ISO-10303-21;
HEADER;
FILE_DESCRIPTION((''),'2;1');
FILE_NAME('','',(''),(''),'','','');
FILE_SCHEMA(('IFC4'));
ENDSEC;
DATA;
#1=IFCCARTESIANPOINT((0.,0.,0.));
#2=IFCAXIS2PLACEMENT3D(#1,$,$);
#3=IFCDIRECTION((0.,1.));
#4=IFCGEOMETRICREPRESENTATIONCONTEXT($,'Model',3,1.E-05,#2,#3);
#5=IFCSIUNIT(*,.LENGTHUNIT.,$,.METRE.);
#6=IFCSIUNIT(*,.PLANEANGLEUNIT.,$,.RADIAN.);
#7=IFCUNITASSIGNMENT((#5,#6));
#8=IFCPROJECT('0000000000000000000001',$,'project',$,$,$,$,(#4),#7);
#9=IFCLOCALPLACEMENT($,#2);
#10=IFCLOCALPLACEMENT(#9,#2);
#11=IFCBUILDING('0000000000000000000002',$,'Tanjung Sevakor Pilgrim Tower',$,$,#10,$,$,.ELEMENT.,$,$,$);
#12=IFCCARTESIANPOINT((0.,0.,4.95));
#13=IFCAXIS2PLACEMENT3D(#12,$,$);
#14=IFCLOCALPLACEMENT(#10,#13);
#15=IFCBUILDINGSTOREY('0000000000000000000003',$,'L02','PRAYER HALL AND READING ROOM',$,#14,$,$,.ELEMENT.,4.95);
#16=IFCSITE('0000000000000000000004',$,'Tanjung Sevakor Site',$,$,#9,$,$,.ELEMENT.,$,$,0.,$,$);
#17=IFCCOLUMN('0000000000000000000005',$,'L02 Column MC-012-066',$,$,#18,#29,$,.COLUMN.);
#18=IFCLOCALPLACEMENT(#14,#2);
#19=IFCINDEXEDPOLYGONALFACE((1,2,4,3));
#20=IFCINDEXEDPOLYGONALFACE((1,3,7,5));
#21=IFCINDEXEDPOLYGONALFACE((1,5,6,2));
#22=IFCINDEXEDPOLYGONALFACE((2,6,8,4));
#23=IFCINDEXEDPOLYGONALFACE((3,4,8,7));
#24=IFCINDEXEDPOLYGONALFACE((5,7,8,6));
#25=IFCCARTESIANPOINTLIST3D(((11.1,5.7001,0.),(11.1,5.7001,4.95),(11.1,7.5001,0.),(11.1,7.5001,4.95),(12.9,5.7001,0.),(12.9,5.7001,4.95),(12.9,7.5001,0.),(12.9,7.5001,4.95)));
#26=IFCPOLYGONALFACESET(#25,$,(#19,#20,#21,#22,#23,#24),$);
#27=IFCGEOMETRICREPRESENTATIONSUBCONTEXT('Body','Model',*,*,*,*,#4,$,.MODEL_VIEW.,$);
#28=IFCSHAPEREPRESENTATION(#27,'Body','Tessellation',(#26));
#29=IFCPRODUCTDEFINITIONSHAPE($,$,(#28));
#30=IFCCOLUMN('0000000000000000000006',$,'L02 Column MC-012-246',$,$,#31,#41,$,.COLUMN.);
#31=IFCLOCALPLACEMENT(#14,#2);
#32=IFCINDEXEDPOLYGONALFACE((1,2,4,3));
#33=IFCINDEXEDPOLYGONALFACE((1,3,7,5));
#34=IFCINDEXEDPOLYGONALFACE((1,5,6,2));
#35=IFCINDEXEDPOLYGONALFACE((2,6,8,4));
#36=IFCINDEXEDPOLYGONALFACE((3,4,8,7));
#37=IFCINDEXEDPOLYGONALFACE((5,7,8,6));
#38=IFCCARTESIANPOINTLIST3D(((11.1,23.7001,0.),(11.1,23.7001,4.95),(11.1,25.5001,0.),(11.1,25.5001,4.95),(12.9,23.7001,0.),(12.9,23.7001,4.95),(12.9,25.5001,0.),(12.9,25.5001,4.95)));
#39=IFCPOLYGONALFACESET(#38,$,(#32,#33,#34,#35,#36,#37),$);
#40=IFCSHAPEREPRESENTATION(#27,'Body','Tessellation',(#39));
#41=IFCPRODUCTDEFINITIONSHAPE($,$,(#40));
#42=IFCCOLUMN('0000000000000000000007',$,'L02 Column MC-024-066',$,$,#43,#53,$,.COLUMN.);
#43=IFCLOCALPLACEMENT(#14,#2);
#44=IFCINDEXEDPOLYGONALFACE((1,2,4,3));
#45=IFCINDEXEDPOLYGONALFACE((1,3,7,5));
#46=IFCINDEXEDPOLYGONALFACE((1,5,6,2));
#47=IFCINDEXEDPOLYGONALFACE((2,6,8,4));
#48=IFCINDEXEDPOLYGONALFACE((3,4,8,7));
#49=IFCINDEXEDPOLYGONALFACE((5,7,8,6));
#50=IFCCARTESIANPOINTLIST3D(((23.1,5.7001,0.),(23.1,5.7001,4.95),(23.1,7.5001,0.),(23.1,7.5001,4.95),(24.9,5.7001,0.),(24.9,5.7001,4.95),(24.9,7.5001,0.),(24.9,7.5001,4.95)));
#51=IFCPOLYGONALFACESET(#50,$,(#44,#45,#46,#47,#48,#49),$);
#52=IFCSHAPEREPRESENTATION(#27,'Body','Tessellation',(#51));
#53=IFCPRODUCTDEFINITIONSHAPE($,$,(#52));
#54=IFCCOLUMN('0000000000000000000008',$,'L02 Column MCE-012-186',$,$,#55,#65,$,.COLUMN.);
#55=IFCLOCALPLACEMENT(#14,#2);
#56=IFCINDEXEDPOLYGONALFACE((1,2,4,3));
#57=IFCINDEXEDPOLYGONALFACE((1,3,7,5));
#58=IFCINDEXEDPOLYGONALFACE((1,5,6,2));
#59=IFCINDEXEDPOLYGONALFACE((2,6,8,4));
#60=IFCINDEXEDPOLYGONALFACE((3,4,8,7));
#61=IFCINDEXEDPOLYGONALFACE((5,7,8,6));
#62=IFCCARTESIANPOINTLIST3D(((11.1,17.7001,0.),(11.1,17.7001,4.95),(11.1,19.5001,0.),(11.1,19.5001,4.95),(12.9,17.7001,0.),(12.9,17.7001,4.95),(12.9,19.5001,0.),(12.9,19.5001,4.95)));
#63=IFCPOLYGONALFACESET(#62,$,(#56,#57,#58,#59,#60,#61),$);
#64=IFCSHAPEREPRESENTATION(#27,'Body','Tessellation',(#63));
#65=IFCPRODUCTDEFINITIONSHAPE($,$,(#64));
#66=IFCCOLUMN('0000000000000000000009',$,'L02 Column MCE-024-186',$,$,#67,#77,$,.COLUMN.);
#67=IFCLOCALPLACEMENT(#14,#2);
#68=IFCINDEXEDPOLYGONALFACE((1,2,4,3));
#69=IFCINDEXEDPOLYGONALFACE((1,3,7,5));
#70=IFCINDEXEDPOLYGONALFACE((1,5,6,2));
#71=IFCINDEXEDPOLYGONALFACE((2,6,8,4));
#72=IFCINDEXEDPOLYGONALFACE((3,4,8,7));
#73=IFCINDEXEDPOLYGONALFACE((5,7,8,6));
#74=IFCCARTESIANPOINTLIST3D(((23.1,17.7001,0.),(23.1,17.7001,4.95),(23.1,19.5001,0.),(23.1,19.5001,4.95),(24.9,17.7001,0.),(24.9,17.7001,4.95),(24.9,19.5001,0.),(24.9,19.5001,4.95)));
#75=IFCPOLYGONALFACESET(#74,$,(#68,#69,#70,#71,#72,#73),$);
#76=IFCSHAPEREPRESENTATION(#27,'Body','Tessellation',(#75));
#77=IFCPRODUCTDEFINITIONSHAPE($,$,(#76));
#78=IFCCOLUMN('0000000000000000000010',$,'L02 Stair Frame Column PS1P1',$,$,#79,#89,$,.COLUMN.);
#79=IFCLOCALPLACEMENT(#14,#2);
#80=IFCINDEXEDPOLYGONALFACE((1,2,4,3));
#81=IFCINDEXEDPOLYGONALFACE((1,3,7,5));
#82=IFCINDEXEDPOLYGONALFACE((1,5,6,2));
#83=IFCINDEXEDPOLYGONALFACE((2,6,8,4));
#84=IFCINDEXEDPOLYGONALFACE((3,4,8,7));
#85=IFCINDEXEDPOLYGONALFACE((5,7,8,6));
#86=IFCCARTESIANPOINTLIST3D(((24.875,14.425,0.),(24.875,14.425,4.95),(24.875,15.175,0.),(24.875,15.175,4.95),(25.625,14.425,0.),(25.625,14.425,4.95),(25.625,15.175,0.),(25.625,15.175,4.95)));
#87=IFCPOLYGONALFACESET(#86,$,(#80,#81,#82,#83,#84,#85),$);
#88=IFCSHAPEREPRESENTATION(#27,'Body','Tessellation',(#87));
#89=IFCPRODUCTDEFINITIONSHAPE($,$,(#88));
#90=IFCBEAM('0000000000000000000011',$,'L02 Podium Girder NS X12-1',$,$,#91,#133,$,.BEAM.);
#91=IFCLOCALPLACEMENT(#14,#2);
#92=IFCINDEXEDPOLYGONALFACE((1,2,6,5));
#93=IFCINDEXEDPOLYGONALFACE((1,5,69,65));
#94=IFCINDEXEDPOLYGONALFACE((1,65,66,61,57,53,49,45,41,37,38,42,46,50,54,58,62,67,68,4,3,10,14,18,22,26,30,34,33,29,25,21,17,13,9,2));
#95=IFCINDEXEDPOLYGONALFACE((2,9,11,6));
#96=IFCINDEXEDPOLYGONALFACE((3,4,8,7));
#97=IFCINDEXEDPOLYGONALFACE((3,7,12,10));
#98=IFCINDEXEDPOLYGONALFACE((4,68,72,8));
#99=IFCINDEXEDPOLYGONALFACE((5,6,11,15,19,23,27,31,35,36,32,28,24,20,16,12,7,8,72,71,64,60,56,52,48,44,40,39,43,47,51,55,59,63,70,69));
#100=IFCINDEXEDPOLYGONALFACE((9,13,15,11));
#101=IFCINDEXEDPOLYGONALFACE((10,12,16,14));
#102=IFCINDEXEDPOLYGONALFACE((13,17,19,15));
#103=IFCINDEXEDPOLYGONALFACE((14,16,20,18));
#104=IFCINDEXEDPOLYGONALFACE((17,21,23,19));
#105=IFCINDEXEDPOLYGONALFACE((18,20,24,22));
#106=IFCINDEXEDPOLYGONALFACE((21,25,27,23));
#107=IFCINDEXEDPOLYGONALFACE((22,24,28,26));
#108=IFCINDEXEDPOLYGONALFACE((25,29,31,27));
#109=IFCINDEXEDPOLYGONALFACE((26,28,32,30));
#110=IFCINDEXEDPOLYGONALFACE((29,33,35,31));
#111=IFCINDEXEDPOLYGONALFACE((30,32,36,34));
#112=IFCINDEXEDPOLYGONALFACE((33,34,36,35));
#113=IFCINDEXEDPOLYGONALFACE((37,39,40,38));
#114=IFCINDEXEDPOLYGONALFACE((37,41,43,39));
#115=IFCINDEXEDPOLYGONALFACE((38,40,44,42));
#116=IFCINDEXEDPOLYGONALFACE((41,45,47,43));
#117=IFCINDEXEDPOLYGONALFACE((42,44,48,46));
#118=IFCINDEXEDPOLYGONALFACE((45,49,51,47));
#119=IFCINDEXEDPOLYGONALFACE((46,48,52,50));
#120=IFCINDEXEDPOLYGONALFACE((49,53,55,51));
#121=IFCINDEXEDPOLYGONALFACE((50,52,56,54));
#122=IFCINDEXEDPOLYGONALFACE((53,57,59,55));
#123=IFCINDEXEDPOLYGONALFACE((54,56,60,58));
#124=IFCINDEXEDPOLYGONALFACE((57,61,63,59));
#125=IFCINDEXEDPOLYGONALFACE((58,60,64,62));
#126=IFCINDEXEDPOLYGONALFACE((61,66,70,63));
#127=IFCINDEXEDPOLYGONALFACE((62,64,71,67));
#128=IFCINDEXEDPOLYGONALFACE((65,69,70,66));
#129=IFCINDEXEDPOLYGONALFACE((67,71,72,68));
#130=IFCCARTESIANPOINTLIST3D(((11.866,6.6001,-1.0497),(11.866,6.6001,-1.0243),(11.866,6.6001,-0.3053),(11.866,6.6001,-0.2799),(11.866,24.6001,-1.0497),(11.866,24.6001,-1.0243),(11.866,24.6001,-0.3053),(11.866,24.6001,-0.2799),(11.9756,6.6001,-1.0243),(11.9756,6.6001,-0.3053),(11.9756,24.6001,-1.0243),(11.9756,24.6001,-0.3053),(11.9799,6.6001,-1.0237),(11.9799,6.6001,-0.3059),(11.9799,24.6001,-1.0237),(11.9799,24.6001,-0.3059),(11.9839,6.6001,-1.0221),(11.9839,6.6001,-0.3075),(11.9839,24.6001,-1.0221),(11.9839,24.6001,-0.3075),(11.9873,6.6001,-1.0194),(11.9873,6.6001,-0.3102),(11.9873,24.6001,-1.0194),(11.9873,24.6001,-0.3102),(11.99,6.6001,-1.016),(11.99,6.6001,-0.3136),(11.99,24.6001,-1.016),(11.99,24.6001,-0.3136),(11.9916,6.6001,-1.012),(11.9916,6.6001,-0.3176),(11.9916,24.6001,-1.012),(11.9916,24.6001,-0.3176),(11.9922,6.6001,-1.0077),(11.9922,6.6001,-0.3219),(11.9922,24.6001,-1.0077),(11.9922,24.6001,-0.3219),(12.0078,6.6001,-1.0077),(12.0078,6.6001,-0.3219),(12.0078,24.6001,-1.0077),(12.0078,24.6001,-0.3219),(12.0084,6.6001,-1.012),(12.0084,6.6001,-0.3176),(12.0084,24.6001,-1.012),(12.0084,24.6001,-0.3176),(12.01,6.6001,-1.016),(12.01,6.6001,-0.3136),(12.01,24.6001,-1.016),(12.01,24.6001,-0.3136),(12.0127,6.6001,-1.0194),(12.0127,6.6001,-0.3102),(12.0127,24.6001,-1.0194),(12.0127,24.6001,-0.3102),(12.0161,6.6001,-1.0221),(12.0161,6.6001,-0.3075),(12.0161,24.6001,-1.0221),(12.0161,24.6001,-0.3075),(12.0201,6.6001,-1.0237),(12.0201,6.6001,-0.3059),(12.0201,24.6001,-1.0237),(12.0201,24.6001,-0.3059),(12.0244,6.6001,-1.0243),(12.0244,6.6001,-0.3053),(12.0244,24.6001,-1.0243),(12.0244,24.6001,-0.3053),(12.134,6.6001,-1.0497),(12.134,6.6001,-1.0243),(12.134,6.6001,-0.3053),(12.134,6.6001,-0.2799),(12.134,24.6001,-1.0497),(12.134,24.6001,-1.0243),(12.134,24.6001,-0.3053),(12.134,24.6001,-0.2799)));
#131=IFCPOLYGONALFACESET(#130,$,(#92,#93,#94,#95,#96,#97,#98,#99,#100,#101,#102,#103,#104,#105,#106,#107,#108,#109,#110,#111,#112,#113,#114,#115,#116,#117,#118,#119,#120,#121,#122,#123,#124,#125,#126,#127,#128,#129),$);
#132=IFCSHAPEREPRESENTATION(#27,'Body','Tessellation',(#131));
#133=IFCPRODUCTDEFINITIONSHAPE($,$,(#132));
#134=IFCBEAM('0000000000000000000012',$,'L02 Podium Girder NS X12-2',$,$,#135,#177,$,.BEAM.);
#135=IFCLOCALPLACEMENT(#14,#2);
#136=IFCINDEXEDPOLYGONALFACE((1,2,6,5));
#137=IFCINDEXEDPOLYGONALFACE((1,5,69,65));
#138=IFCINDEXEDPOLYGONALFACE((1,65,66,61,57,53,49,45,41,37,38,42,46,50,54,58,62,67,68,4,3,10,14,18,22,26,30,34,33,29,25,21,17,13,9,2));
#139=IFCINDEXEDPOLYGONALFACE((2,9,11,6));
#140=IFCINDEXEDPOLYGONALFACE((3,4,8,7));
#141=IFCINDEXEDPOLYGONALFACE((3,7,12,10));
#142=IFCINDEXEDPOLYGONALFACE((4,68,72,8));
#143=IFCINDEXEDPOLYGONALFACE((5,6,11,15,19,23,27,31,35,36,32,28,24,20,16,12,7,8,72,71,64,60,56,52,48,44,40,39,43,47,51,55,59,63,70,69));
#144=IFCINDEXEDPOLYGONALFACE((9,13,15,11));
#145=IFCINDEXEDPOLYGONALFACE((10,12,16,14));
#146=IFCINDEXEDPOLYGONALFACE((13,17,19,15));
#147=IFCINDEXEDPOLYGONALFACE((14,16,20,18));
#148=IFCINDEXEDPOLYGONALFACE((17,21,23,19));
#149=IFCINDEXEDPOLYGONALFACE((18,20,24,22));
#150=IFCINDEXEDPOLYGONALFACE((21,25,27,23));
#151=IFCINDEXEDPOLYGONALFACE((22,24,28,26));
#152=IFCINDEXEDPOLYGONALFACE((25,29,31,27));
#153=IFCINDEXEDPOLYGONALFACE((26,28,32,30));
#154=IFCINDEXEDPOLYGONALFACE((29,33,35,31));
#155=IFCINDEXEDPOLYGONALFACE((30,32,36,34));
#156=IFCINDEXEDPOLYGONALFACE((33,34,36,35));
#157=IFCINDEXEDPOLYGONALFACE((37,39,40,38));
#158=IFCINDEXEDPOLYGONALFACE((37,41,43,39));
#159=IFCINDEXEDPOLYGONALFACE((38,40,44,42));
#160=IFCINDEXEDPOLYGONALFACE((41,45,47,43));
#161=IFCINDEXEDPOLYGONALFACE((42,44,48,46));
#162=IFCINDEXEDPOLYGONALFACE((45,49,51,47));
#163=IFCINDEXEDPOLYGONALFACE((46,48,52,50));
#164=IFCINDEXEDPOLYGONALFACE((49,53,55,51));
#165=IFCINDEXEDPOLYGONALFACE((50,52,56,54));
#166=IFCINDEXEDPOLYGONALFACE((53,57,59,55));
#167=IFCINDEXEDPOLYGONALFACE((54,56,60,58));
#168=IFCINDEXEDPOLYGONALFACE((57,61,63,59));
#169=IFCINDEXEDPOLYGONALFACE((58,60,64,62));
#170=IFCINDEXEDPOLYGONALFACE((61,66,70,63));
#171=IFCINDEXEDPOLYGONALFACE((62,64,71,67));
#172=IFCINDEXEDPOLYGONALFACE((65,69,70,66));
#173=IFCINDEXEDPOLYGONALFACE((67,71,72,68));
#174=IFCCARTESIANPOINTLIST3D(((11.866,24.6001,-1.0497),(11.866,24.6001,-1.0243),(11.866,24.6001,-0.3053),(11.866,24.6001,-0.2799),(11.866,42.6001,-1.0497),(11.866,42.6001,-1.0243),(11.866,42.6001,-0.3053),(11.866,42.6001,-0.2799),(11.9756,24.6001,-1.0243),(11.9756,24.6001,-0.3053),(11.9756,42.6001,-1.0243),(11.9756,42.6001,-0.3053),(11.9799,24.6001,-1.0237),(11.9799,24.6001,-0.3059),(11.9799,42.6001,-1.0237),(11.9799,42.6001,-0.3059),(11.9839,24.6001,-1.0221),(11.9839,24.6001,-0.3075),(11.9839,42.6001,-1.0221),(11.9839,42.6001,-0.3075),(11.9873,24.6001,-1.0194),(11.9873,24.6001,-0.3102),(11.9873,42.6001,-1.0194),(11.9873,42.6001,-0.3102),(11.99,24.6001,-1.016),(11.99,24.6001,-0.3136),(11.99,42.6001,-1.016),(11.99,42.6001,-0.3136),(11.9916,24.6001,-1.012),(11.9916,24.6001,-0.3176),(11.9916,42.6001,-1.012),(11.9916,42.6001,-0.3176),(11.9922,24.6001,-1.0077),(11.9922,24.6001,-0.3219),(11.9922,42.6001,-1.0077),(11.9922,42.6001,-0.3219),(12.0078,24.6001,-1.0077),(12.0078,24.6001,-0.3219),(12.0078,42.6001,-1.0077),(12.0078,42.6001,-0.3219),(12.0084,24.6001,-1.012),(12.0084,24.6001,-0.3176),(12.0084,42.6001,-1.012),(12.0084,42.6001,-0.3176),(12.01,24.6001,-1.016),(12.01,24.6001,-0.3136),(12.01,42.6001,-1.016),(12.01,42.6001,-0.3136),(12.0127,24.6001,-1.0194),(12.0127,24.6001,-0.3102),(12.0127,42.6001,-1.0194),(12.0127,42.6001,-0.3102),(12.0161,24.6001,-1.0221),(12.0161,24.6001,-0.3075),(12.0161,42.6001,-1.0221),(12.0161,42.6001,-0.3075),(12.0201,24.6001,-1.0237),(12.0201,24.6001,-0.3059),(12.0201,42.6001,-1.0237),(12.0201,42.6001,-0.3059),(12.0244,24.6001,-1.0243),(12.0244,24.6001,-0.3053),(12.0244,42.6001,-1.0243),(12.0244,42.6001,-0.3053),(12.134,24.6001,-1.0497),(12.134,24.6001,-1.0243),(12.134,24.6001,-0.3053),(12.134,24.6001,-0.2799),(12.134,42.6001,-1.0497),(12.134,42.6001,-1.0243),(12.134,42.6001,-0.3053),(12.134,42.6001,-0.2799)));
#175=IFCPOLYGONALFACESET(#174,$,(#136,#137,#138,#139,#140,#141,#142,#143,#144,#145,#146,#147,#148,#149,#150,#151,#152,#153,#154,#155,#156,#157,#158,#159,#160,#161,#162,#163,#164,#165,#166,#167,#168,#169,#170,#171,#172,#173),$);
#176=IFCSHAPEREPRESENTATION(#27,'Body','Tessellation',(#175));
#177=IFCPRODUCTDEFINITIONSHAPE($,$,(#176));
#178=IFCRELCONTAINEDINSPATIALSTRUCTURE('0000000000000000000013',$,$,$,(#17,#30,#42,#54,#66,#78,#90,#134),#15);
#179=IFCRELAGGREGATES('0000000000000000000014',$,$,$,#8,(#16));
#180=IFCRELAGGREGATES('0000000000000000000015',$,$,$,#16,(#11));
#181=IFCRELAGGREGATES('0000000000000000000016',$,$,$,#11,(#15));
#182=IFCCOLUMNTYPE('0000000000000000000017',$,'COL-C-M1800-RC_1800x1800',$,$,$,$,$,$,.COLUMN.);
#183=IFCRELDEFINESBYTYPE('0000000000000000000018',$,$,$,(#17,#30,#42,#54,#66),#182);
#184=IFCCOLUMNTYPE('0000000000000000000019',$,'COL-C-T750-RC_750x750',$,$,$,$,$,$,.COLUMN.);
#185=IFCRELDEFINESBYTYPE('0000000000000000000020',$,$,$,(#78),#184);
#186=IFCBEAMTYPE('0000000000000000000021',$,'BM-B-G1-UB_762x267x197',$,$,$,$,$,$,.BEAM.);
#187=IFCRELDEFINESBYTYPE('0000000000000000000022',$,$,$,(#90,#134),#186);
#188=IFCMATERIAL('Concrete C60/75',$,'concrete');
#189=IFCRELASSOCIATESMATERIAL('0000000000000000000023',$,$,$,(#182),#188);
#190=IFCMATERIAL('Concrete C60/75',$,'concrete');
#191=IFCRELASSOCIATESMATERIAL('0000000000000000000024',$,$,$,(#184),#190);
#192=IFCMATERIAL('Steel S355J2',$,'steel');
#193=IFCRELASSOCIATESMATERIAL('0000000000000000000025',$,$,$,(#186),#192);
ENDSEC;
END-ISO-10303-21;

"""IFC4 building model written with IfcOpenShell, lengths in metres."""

from ifc_helpers import new_model, si_unit, direction, frame, origin, origin_2d, place, context, subcontext, project, spatial, rectangle, i_section, extrude, material, material_profile, profile_set, type_object, element, save


model = new_model("IFC4")

# Units and contexts
model_context = context("Model", 3, precision=1e-05, world=origin(), true_north=direction((0.0, 1.0)))
body_context = subcontext(model_context, "Body", "Model", "MODEL_VIEW")
ifc_project = project(units=[si_unit("LENGTHUNIT", "METRE"), si_unit("PLANEANGLEUNIT", "RADIAN")], contexts=[model_context])

# Site, building, storey
site_placement = place(None, origin())
site = spatial("IfcSite", under=ifc_project, at=site_placement, Name="Tanjung Sevakor Site", CompositionType="ELEMENT", RefElevation=0.0)
building_placement = place(site_placement, origin())
building = spatial("IfcBuilding", under=site, at=building_placement, Name="Tanjung Sevakor Pilgrim Tower", CompositionType="ELEMENT")
storey_placement = place(building_placement, frame((0.0, 0.0, 4.95)))
storey = spatial("IfcBuildingStorey", under=building, at=storey_placement, Name="L02", Description="PRAYER HALL AND READING ROOM", CompositionType="ELEMENT", Elevation=4.95)

# Columns
ifc_material_1 = material(Name="Concrete C60/75", Category="concrete")
ifc_material_profile_1 = material_profile(ifc_material_1, rectangle(XDim=1.8, YDim=1.8, at=origin_2d()))
ifc_profile_set_1 = profile_set([ifc_material_profile_1], Name="Concrete C60/75")
column_type_1 = type_object("IfcColumnType", Name="COL-C-M1800-RC_1800x1800", PredefinedType="COLUMN", material=ifc_profile_set_1)
for number, where, z_axis, x_axis, name in (
    (1, (12.0, 6.6001, 0.0), (0.0, 0.0, 1.0), (1.0, 0.0, 0.0), "L02 Column MC-012-066"),
    (2, (12.0, 24.6001, 0.0), (0.0, 0.0, 1.0), (1.0, 0.0, 0.0), "L02 Column MC-012-246"),
    (3, (24.0, 6.6001, 0.0), (0.0, 0.0, 1.0), (1.0, 0.0, 0.0), "L02 Column MC-024-066"),
    (4, (12.0, 18.6001, 0.0), (0.0, 0.0, 1.0), (1.0, 0.0, 0.0), "L02 Column MCE-012-186"),
    (5, (24.0, 18.6001, 0.0), (0.0, 0.0, 1.0), (1.0, 0.0, 0.0), "L02 Column MCE-024-186"),
):
    element("IfcColumn", number, at=place(storey_placement, frame(where, z_axis=z_axis, x_axis=x_axis)), inside=storey, type_object=column_type_1, Name=name, PredefinedType="COLUMN", context=body_context, shape_type="SweptSolid", body=[
        extrude(rectangle(XDim=1.8, YDim=1.8, at=origin_2d()), origin(), (0.0, 0.0, 1.0), 4.95),
    ])
ifc_material_2 = material(Name="Concrete C60/75", Category="concrete")
ifc_material_profile_2 = material_profile(ifc_material_2, rectangle(XDim=0.75, YDim=0.75, at=origin_2d()))
ifc_profile_set_2 = profile_set([ifc_material_profile_2], Name="Concrete C60/75")
column_type_2 = type_object("IfcColumnType", Name="COL-C-T750-RC_750x750", PredefinedType="COLUMN", material=ifc_profile_set_2)
column_placement = place(storey_placement, frame((25.25, 14.8, 0.0), z_axis=(0.0, 0.0, 1.0), x_axis=(1.0, 0.0, 0.0)))
element("IfcColumn", 6, at=column_placement, inside=storey, type_object=column_type_2, Name="L02 Stair Frame Column PS1P1", PredefinedType="COLUMN", context=body_context, shape_type="SweptSolid", body=[
    extrude(rectangle(XDim=0.75, YDim=0.75, at=origin_2d()), origin(), (0.0, 0.0, 1.0), 4.95),
])

# Beams
ifc_material_3 = material(Name="Steel S355J2", Category="steel")
ifc_material_profile_3 = material_profile(ifc_material_3, i_section(OverallWidth=0.2681, OverallDepth=0.7698, WebThickness=0.0156, FlangeThickness=0.0254, FilletRadius=0.0166, at=origin_2d()))
ifc_profile_set_3 = profile_set([ifc_material_profile_3], Name="Steel S355J2")
beam_type_1 = type_object("IfcBeamType", Name="BM-B-G1-UB_762x267x197", PredefinedType="BEAM", material=ifc_profile_set_3)
for number, where, z_axis, x_axis, name in (
    (7, (12.0, 6.6001, -0.6648), (0.0, 1.0, 0.0), (-1.0, 0.0, 0.0), "L02 Podium Girder NS X12-1"),
    (8, (12.0, 24.6001, -0.6648), (0.0, 1.0, 0.0), (-1.0, 0.0, 0.0), "L02 Podium Girder NS X12-2"),
):
    element("IfcBeam", number, at=place(storey_placement, frame(where, z_axis=z_axis, x_axis=x_axis)), inside=storey, type_object=beam_type_1, Name=name, PredefinedType="BEAM", context=body_context, shape_type="SweptSolid", body=[
        extrude(i_section(OverallWidth=0.2681, OverallDepth=0.7698, WebThickness=0.0156, FlangeThickness=0.0254, FilletRadius=0.0166, at=origin_2d()), origin(), (0.0, 0.0, 1.0), 18.0),
    ])

save(model, "model.ifc")
